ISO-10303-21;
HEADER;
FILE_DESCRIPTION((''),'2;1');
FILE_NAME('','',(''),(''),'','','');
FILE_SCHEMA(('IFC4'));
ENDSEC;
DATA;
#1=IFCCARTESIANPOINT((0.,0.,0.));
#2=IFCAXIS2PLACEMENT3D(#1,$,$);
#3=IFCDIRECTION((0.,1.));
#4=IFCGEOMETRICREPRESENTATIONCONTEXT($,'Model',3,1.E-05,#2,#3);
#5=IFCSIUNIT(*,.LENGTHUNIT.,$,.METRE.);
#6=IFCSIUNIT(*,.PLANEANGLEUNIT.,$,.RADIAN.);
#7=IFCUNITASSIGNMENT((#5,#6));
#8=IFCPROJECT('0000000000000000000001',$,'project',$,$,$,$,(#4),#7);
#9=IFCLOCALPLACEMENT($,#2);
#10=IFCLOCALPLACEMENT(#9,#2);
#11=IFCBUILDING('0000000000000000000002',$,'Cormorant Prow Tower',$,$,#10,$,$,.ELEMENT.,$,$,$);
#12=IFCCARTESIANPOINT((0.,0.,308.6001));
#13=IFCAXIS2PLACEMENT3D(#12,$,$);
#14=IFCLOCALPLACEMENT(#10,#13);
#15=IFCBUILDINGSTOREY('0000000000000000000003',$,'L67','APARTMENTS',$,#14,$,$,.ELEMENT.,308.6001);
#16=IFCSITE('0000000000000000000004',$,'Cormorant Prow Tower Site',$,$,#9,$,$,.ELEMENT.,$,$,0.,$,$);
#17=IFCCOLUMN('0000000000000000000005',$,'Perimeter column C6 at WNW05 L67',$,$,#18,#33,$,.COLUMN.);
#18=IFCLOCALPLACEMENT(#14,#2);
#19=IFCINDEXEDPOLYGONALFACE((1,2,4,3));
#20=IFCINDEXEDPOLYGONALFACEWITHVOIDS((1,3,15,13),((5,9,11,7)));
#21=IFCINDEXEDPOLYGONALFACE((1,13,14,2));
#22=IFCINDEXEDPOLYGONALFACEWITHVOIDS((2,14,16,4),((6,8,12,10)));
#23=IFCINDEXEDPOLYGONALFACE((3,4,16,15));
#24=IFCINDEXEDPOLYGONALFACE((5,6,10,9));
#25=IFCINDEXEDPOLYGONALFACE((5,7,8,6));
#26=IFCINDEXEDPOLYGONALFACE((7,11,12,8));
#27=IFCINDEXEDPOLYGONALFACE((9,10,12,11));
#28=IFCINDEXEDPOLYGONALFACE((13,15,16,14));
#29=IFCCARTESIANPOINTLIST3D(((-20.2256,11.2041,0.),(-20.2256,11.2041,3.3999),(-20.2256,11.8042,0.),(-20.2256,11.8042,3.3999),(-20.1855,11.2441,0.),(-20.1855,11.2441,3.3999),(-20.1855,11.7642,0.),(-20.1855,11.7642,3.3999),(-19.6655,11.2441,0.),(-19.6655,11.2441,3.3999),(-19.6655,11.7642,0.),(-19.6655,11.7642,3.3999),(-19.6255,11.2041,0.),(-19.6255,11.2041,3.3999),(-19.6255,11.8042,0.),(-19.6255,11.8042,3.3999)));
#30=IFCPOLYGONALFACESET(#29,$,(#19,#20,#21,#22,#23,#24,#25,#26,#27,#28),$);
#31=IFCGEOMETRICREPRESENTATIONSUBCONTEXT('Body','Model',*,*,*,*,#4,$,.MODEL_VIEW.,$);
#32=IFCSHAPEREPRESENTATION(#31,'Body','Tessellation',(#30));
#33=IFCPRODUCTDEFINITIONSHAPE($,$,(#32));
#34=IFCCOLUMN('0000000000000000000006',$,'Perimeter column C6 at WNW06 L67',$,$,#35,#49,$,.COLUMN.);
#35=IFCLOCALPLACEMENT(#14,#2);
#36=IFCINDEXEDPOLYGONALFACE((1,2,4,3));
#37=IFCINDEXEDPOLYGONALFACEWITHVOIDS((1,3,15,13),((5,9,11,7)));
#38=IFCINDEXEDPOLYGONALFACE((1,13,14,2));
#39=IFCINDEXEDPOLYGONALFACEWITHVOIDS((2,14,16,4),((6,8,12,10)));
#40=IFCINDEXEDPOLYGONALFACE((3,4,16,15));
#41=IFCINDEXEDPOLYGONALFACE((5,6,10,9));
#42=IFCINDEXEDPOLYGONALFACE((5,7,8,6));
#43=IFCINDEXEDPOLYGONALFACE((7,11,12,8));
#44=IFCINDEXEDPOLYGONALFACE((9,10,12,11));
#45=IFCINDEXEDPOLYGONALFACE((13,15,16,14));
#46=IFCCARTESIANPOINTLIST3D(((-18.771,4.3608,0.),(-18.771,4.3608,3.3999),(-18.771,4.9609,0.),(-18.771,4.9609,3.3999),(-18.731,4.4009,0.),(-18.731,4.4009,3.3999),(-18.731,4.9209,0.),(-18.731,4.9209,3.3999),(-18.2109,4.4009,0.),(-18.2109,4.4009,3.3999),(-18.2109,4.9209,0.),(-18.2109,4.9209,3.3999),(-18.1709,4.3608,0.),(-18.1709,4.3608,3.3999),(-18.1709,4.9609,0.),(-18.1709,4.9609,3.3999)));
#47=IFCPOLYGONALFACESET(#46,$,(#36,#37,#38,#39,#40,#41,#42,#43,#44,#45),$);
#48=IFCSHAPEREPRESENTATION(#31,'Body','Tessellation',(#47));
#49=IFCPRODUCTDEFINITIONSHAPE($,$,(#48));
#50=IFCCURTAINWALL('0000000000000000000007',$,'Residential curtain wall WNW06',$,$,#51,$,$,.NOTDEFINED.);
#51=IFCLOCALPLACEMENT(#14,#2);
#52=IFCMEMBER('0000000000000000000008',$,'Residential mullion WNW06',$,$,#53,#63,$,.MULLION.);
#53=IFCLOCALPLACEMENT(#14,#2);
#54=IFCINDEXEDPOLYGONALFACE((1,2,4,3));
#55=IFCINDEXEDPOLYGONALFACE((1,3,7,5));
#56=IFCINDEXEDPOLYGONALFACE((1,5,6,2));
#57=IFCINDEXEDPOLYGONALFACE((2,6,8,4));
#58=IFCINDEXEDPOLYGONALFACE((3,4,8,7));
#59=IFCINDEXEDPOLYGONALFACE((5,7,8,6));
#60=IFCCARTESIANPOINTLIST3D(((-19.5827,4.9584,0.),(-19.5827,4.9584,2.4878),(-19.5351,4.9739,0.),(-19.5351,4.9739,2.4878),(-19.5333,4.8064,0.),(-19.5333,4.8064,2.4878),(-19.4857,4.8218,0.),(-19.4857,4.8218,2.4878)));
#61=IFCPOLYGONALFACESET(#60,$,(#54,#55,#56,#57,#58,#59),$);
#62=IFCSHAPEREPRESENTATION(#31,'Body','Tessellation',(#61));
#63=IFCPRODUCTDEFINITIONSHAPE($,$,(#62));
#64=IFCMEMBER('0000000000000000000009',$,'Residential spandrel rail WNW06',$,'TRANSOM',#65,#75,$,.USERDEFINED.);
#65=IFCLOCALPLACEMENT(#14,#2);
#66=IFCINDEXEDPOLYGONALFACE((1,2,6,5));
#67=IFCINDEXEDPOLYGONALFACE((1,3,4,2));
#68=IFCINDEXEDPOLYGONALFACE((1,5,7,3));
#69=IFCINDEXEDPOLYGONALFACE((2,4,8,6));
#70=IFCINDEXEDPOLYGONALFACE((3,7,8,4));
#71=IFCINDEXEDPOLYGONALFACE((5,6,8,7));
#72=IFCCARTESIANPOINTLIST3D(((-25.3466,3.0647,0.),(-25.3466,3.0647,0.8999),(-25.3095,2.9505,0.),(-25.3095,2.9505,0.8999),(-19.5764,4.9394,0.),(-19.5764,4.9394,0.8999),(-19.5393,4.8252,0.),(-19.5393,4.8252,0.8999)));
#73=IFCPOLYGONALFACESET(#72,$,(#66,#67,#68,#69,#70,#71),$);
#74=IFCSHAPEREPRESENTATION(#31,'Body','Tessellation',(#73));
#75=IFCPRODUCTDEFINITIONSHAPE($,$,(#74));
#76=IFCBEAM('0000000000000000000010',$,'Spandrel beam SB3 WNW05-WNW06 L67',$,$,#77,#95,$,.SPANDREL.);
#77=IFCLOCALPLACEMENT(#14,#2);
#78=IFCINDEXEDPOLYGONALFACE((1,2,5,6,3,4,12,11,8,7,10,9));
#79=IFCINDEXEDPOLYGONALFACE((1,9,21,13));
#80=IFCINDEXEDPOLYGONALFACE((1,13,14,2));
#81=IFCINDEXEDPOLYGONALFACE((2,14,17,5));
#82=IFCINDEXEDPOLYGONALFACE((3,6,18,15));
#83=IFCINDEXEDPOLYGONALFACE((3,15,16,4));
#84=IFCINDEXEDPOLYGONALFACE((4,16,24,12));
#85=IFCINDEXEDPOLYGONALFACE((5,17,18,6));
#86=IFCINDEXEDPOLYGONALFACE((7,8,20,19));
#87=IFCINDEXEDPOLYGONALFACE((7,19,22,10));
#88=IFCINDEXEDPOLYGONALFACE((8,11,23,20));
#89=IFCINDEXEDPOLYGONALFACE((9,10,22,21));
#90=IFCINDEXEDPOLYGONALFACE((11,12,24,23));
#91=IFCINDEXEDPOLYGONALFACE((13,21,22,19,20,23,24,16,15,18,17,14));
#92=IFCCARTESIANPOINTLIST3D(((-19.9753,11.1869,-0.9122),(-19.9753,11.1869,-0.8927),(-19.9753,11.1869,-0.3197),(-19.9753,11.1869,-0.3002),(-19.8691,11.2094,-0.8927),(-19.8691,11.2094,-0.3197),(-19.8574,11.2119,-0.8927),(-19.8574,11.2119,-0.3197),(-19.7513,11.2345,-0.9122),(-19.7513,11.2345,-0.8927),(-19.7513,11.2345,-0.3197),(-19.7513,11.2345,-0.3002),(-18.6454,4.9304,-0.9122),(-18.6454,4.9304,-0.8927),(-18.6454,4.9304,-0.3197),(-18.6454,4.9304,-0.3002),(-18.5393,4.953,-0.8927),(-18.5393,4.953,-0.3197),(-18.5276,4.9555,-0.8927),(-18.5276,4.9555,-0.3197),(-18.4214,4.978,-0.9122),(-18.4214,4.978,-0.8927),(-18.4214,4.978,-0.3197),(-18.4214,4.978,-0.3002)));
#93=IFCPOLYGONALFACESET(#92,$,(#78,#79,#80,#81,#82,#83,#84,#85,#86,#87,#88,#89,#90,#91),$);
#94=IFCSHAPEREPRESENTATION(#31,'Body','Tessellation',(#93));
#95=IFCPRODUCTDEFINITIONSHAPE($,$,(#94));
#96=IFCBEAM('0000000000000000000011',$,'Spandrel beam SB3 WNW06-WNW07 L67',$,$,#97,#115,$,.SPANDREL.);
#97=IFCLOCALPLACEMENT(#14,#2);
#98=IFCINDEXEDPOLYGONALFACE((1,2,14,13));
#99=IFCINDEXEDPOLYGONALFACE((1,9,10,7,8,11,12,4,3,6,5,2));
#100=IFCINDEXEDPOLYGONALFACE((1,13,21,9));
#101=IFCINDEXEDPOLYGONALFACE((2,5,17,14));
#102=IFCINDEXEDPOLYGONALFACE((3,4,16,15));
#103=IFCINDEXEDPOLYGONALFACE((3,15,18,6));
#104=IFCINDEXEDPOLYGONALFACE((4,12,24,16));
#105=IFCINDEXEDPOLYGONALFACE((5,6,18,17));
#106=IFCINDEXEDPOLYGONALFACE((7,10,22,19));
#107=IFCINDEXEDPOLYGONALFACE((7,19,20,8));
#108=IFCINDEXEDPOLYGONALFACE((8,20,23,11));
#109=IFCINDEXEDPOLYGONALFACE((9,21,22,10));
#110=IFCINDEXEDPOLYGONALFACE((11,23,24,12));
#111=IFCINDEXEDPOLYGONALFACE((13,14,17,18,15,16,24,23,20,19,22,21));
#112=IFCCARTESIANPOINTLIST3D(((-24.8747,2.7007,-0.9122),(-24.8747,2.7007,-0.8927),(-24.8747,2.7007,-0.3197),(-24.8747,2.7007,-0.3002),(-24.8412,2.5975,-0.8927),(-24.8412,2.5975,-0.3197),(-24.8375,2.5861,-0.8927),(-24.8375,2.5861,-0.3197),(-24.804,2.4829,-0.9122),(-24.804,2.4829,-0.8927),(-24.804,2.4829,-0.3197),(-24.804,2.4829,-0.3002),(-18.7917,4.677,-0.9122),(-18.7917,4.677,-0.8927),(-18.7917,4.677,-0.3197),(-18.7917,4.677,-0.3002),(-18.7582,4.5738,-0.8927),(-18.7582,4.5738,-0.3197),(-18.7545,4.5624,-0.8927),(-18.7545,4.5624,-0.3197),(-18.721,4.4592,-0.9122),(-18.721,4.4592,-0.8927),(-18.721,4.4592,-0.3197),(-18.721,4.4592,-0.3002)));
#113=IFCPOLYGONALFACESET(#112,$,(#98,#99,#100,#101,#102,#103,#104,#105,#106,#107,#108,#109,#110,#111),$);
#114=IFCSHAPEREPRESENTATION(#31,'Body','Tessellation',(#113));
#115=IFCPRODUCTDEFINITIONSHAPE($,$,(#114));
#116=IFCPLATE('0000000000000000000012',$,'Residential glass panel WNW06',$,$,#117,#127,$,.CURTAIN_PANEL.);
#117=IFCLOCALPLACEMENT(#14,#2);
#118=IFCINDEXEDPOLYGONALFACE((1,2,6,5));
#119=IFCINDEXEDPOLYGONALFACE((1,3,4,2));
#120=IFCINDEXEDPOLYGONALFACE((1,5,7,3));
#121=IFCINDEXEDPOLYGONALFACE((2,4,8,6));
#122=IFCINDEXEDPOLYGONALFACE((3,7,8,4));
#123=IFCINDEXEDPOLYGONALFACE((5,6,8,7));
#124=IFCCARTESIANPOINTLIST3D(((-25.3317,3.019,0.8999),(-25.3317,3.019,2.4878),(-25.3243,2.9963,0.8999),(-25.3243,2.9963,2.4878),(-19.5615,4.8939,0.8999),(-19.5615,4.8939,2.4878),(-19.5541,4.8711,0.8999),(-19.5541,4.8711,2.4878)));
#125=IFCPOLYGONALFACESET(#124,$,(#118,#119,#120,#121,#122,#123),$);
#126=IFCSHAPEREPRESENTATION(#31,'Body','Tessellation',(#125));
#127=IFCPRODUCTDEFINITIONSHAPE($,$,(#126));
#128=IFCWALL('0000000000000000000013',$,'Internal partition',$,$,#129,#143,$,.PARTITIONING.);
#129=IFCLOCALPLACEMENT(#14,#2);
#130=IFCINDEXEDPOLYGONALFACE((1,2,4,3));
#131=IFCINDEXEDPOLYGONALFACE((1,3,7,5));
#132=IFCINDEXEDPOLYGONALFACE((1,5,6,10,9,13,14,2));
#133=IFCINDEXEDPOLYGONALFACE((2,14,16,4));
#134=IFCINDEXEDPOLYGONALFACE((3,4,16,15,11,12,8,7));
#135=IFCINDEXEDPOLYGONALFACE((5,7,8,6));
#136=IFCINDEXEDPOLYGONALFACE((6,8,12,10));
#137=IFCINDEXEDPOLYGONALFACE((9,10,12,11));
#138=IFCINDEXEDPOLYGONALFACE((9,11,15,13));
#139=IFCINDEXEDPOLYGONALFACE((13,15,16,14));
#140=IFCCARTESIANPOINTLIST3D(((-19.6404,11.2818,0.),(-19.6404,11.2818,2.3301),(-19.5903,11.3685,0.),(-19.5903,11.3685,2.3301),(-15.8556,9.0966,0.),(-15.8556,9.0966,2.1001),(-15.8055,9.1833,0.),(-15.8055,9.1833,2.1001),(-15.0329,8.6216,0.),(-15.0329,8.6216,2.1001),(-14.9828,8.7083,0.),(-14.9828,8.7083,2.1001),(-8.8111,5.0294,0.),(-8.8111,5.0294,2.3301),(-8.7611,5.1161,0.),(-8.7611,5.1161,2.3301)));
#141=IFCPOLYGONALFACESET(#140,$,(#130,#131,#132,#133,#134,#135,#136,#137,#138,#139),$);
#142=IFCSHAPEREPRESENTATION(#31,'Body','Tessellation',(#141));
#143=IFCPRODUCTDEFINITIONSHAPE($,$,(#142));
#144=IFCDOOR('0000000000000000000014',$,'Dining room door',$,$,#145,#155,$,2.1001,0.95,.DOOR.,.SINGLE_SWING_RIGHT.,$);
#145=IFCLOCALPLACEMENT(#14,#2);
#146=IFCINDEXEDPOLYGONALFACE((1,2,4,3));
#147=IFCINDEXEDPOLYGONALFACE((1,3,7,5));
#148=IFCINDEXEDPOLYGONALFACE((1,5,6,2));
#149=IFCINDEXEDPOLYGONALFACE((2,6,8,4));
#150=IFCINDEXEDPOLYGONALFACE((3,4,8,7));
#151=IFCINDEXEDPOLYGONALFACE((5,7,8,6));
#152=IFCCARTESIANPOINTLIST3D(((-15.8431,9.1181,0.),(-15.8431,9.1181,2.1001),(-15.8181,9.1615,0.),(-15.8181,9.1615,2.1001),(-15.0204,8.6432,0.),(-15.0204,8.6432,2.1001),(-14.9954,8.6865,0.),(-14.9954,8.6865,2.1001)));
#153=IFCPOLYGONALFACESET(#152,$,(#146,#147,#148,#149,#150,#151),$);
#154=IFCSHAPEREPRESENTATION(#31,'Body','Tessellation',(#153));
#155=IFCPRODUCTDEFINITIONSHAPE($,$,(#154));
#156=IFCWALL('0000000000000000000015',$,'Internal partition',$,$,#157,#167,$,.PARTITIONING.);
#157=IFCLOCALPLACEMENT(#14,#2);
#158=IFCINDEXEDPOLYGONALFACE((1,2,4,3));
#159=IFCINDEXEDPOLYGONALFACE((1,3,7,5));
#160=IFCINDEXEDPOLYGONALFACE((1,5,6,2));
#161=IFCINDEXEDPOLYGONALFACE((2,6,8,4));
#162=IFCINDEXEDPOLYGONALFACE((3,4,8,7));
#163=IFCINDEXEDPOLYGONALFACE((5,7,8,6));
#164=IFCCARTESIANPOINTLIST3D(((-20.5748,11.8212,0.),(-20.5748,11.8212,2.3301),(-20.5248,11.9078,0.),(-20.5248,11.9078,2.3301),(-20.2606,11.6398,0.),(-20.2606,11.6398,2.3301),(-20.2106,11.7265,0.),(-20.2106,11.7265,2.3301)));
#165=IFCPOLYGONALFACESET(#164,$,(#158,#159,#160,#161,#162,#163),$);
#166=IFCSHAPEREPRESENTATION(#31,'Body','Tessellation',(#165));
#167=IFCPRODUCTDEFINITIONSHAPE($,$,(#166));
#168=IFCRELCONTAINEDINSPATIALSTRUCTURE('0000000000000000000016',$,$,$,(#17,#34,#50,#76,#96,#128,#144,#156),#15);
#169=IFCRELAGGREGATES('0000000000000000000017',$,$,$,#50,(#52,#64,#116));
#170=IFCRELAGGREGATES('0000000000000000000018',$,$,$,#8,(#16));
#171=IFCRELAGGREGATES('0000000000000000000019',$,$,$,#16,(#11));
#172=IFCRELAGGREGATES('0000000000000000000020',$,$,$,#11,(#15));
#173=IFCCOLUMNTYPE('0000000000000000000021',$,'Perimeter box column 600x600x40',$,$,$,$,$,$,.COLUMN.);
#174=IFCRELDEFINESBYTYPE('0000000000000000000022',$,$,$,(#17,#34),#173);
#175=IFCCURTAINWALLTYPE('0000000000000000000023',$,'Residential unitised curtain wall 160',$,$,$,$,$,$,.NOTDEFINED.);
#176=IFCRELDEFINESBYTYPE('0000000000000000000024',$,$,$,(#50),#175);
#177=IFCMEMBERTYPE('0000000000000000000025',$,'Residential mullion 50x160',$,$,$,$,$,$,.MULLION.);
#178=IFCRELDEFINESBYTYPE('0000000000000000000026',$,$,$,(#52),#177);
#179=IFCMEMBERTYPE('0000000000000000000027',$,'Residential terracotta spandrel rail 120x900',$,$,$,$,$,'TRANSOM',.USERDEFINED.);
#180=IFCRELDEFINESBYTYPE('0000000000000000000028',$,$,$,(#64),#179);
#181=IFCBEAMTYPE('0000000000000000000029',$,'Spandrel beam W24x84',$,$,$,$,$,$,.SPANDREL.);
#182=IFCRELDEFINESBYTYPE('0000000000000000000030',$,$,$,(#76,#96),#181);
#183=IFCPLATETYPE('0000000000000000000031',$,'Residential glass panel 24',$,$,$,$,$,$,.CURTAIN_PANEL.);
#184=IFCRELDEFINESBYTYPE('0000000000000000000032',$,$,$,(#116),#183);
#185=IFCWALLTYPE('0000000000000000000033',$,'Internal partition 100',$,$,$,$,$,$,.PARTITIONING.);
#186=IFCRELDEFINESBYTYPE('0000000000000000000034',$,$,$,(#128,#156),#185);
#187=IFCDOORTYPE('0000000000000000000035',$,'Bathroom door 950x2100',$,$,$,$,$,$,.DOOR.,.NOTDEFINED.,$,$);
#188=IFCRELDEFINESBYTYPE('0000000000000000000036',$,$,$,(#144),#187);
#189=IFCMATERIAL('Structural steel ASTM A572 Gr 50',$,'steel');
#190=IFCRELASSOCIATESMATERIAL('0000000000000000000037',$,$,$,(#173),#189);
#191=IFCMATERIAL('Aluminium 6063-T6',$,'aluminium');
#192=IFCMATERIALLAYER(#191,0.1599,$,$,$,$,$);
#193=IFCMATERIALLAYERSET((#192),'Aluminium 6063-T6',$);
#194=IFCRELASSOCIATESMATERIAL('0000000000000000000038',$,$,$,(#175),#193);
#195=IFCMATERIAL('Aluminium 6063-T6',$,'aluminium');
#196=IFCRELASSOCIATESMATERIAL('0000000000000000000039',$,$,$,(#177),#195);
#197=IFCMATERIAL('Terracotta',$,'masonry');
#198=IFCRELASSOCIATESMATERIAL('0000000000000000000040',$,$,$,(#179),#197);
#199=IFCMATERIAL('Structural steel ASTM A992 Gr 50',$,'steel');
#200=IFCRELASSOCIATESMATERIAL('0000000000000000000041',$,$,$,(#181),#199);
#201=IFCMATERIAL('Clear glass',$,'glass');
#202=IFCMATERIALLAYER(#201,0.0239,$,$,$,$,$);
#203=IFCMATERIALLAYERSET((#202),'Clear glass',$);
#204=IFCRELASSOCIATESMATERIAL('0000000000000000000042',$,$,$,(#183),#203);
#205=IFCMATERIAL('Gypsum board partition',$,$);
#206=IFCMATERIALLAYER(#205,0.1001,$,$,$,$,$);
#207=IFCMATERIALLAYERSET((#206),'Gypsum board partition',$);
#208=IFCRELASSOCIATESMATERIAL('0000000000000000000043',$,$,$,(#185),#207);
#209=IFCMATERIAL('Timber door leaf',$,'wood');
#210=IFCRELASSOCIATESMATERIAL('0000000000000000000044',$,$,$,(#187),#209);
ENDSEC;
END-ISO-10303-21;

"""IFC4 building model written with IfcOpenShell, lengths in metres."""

from ifc_helpers import new_model, si_unit, direction, frame, frame_2d, origin, origin_2d, place, context, subcontext, project, spatial, rectangle, hollow_rectangle, i_section, extrude, material, layer, layer_set, material_profile, profile_set, type_object, element, fill, aggregate, save


model = new_model("IFC4")

# Units and contexts
model_context = context("Model", 3, precision=1e-05, world=origin(), true_north=direction((0.0, 1.0)))
body_context = subcontext(model_context, "Body", "Model", "MODEL_VIEW")
ifc_project = project(units=[si_unit("LENGTHUNIT", "METRE"), si_unit("PLANEANGLEUNIT", "RADIAN")], contexts=[model_context])

# Site, building, storey
site_placement = place(None, origin())
site = spatial("IfcSite", under=ifc_project, at=site_placement, Name="Cormorant Prow Tower Site", CompositionType="ELEMENT", RefElevation=0.0)
building_placement = place(site_placement, origin())
building = spatial("IfcBuilding", under=site, at=building_placement, Name="Cormorant Prow Tower", CompositionType="ELEMENT")
storey_placement = place(building_placement, frame((0.0, 0.0, 308.6001)))
storey = spatial("IfcBuildingStorey", under=building, at=storey_placement, Name="L67", Description="APARTMENTS", CompositionType="ELEMENT", Elevation=308.6001)

# Columns
ifc_material_1 = material(Name="Structural steel ASTM A572 Gr 50", Category="steel")
ifc_material_profile_1 = material_profile(ifc_material_1, hollow_rectangle(XDim=0.6001, YDim=0.6001, WallThickness=0.04, at=origin_2d()), Name="Box 600x600x40")
ifc_profile_set_1 = profile_set([ifc_material_profile_1], Name="Structural steel ASTM A572 Gr 50")
column_type = type_object("IfcColumnType", Name="Perimeter box column 600x600x40", PredefinedType="COLUMN", material=ifc_profile_set_1)
for number, where, z_axis, x_axis, name in (
    (1, (-19.9255, 11.5042, 0.0), (0.0, 0.0, 1.0), (1.0, 0.0, 0.0), "Perimeter column C6 at WNW05 L67"),
    (2, (-18.4709, 4.6609, 0.0), (0.0, 0.0, 1.0), (1.0, 0.0, 0.0), "Perimeter column C6 at WNW06 L67"),
):
    element("IfcColumn", number, at=place(storey_placement, frame(where, z_axis=z_axis, x_axis=x_axis)), inside=storey, type_object=column_type, Name=name, PredefinedType="COLUMN", context=body_context, shape_type="SweptSolid", body=[
        extrude(hollow_rectangle(XDim=0.6001, YDim=0.6001, WallThickness=0.04, at=origin_2d()), origin(), (0.0, 0.0, 1.0), 3.3999),
    ])

# Curtain wall, members
ifc_material_2 = material(Name="Aluminium 6063-T6", Category="aluminium")
ifc_layer_1 = layer(ifc_material_2, 0.1599)
ifc_layer_set_1 = layer_set([ifc_layer_1], Name="Aluminium 6063-T6")
curtain_wall_type = type_object("IfcCurtainWallType", Name="Residential unitised curtain wall 160", PredefinedType="NOTDEFINED", material=ifc_layer_set_1)
curtain_wall_placement = place(storey_placement, origin())
curtain_wall = element("IfcCurtainWall", 3, at=curtain_wall_placement, inside=storey, type_object=curtain_wall_type, Name="Residential curtain wall WNW06", PredefinedType="NOTDEFINED")
ifc_material_3 = material(Name="Aluminium 6063-T6", Category="aluminium")
ifc_material_profile_2 = material_profile(ifc_material_3, rectangle(XDim=0.1599, YDim=0.05, at=origin_2d()), Name="Residential mullion 50x160")
ifc_profile_set_2 = profile_set([ifc_material_profile_2], Name="Aluminium 6063-T6")
member_type_1 = type_object("IfcMemberType", Name="Residential mullion 50x160", PredefinedType="MULLION", material=ifc_profile_set_2)
member_1_placement = place(storey_placement, frame((-19.5342, 4.8901, 0.0), z_axis=(0.0, 0.0, 1.0), x_axis=(0.309017, -0.951057, 0.0)))
member_1 = element("IfcMember", 4, at=member_1_placement, type_object=member_type_1, Name="Residential mullion WNW06", PredefinedType="MULLION", context=body_context, shape_type="SweptSolid", body=[
    extrude(rectangle(XDim=0.1599, YDim=0.05, at=origin_2d()), origin(), (0.0, 0.0, 1.0), 2.4878),
])
ifc_material_4 = material(Name="Terracotta", Category="masonry")
ifc_material_profile_3 = material_profile(ifc_material_4, rectangle(XDim=0.1201, YDim=0.8999, at=origin_2d()), Name="Residential terracotta spandrel rail 120x900")
ifc_profile_set_3 = profile_set([ifc_material_profile_3], Name="Terracotta")
member_type_2 = type_object("IfcMemberType", Name="Residential terracotta spandrel rail 120x900", ElementType="TRANSOM", PredefinedType="USERDEFINED", material=ifc_profile_set_3)
member_2_placement = place(storey_placement, frame((-19.5579, 4.8823, 0.45), z_axis=(-0.951062, -0.309, 0.0), x_axis=(0.309, -0.951062, 0.0)))
member_2 = element("IfcMember", 5, at=member_2_placement, type_object=member_type_2, Name="Residential spandrel rail WNW06", ObjectType="TRANSOM", PredefinedType="USERDEFINED", context=body_context, shape_type="SweptSolid", body=[
    extrude(rectangle(XDim=0.1201, YDim=0.8999, at=origin_2d()), origin(), (0.0, 0.0, 1.0), 6.0671),
])

# Beams
ifc_material_5 = material(Name="Structural steel ASTM A992 Gr 50", Category="steel")
ifc_material_profile_4 = material_profile(ifc_material_5, i_section(OverallWidth=0.229, OverallDepth=0.6121, WebThickness=0.012, FlangeThickness=0.0195, at=origin_2d()), Name="W24x84")
ifc_profile_set_4 = profile_set([ifc_material_profile_4], Name="Structural steel ASTM A992 Gr 50")
beam_type = type_object("IfcBeamType", Name="Spandrel beam W24x84", PredefinedType="SPANDREL", material=ifc_profile_set_4)
beam_1_placement = place(storey_placement, frame((-19.8633, 11.2107, -0.6062), z_axis=(0.207913, -0.978147, 0.0), x_axis=(0.978147, 0.207913, 0.0)))
element("IfcBeam", 6, at=beam_1_placement, inside=storey, type_object=beam_type, Name="Spandrel beam SB3 WNW05-WNW06 L67", PredefinedType="SPANDREL", context=body_context, shape_type="SweptSolid", body=[
    extrude(i_section(OverallWidth=0.229, OverallDepth=0.6121, WebThickness=0.012, FlangeThickness=0.0195, at=origin_2d()), origin(), (0.0, 0.0, 1.0), 6.3962),
])
beam_2_placement = place(storey_placement, frame((-18.7563, 4.5681, -0.6062), z_axis=(-0.951064, -0.308993, 0.0), x_axis=(0.308993, -0.951064, 0.0)))
element("IfcBeam", 7, at=beam_2_placement, inside=storey, type_object=beam_type, Name="Spandrel beam SB3 WNW06-WNW07 L67", PredefinedType="SPANDREL", context=body_context, shape_type="SweptSolid", body=[
    extrude(i_section(OverallWidth=0.229, OverallDepth=0.6121, WebThickness=0.012, FlangeThickness=0.0195, at=origin_2d()), origin(), (0.0, 0.0, 1.0), 6.396),
])

# Plate
ifc_material_6 = material(Name="Clear glass", Category="glass")
ifc_layer_2 = layer(ifc_material_6, 0.0239)
ifc_layer_set_2 = layer_set([ifc_layer_2], Name="Clear glass")
plate_type = type_object("IfcPlateType", Name="Residential glass panel 24", PredefinedType="CURTAIN_PANEL", material=ifc_layer_set_2)
plate_placement = place(storey_placement, frame((-22.4429, 3.9451, 0.8999), z_axis=(0.0, 0.0, 1.0), x_axis=(-0.951057, -0.309017, 0.0)))
plate = element("IfcPlate", 8, at=plate_placement, type_object=plate_type, Name="Residential glass panel WNW06", PredefinedType="CURTAIN_PANEL", context=body_context, shape_type="SweptSolid", body=[
    extrude(rectangle(XDim=6.0671, YDim=0.0239, at=origin_2d()), origin(), (0.0, 0.0, 1.0), 1.5879),
])
aggregate(curtain_wall, [member_1, member_2, plate])

# Wall, opening, door
ifc_material_7 = material(Name="Gypsum board partition")
ifc_layer_3 = layer(ifc_material_7, 0.1001)
ifc_layer_set_3 = layer_set([ifc_layer_3], Name="Gypsum board partition")
wall_type_1 = type_object("IfcWallType", Name="Internal partition 100", PredefinedType="PARTITIONING", material=ifc_layer_set_3)
wall_1_placement = place(storey_placement, frame((-19.6155, 11.3252, 0.0), z_axis=(0.0, 0.0, 1.0), x_axis=(0.866021, -0.500007, 0.0)))
wall_1 = element("IfcWall", 9, at=wall_1_placement, inside=storey, type_object=wall_type_1, Name="Internal partition", PredefinedType="PARTITIONING", context=body_context, shape_type="SweptSolid", body=[
    extrude(rectangle(XDim=12.5046, YDim=0.1001, at=frame_2d((6.2524, 0.0))), origin(), (0.0, 0.0, 1.0), 2.3301),
])
opening_1_placement = place(wall_1_placement, frame((4.3704, 0.0, 0.0)))
opening_1 = element("IfcOpeningElement", 10, at=opening_1_placement, cuts=wall_1, PredefinedType="OPENING", context=body_context, shape_type="SweptSolid", body=[
    extrude(rectangle(XDim=0.95, YDim=2.1001, at=frame_2d((0.4751, 1.05))), frame((0.0, 0.0601, 0.0), z_axis=(0.0, -1.0, 0.0), x_axis=(1.0, 0.0, 0.0)), (0.0, 0.0, 1.0), 0.1201),
])
ifc_material_8 = material(Name="Timber door leaf", Category="wood")
door_type_1 = type_object("IfcDoorType", Name="Bathroom door 950x2100", OperationType="NOTDEFINED", PredefinedType="DOOR", material=ifc_material_8)
door_1_placement = place(opening_1_placement, origin())
door_1 = element("IfcDoor", 11, at=door_1_placement, inside=storey, type_object=door_type_1, Name="Dining room door", OperationType="SINGLE_SWING_RIGHT", OverallHeight=2.1001, OverallWidth=0.95, PredefinedType="DOOR", context=body_context, shape_type="SweptSolid", body=[
    extrude(rectangle(XDim=0.95, YDim=2.1001, at=frame_2d((0.4751, 1.05))), frame((0.0, 0.0249, 0.0), z_axis=(0.0, -1.0, 0.0), x_axis=(1.0, 0.0, 0.0)), (0.0, 0.0, 1.0), 0.05),
])
fill(opening_1, door_1)

# Wall
wall_2_placement = place(storey_placement, frame((-20.5498, 11.8645, 0.0), z_axis=(0.0, 0.0, 1.0), x_axis=(0.86604, -0.499975, 0.0)))
element("IfcWall", 12, at=wall_2_placement, inside=storey, type_object=wall_type_1, Name="Internal partition", PredefinedType="PARTITIONING", context=body_context, shape_type="SweptSolid", body=[
    extrude(rectangle(XDim=0.3628, YDim=0.1001, at=frame_2d((0.1814, 0.0))), origin(), (0.0, 0.0, 1.0), 2.3301),
])

save(model, "model.ifc")
